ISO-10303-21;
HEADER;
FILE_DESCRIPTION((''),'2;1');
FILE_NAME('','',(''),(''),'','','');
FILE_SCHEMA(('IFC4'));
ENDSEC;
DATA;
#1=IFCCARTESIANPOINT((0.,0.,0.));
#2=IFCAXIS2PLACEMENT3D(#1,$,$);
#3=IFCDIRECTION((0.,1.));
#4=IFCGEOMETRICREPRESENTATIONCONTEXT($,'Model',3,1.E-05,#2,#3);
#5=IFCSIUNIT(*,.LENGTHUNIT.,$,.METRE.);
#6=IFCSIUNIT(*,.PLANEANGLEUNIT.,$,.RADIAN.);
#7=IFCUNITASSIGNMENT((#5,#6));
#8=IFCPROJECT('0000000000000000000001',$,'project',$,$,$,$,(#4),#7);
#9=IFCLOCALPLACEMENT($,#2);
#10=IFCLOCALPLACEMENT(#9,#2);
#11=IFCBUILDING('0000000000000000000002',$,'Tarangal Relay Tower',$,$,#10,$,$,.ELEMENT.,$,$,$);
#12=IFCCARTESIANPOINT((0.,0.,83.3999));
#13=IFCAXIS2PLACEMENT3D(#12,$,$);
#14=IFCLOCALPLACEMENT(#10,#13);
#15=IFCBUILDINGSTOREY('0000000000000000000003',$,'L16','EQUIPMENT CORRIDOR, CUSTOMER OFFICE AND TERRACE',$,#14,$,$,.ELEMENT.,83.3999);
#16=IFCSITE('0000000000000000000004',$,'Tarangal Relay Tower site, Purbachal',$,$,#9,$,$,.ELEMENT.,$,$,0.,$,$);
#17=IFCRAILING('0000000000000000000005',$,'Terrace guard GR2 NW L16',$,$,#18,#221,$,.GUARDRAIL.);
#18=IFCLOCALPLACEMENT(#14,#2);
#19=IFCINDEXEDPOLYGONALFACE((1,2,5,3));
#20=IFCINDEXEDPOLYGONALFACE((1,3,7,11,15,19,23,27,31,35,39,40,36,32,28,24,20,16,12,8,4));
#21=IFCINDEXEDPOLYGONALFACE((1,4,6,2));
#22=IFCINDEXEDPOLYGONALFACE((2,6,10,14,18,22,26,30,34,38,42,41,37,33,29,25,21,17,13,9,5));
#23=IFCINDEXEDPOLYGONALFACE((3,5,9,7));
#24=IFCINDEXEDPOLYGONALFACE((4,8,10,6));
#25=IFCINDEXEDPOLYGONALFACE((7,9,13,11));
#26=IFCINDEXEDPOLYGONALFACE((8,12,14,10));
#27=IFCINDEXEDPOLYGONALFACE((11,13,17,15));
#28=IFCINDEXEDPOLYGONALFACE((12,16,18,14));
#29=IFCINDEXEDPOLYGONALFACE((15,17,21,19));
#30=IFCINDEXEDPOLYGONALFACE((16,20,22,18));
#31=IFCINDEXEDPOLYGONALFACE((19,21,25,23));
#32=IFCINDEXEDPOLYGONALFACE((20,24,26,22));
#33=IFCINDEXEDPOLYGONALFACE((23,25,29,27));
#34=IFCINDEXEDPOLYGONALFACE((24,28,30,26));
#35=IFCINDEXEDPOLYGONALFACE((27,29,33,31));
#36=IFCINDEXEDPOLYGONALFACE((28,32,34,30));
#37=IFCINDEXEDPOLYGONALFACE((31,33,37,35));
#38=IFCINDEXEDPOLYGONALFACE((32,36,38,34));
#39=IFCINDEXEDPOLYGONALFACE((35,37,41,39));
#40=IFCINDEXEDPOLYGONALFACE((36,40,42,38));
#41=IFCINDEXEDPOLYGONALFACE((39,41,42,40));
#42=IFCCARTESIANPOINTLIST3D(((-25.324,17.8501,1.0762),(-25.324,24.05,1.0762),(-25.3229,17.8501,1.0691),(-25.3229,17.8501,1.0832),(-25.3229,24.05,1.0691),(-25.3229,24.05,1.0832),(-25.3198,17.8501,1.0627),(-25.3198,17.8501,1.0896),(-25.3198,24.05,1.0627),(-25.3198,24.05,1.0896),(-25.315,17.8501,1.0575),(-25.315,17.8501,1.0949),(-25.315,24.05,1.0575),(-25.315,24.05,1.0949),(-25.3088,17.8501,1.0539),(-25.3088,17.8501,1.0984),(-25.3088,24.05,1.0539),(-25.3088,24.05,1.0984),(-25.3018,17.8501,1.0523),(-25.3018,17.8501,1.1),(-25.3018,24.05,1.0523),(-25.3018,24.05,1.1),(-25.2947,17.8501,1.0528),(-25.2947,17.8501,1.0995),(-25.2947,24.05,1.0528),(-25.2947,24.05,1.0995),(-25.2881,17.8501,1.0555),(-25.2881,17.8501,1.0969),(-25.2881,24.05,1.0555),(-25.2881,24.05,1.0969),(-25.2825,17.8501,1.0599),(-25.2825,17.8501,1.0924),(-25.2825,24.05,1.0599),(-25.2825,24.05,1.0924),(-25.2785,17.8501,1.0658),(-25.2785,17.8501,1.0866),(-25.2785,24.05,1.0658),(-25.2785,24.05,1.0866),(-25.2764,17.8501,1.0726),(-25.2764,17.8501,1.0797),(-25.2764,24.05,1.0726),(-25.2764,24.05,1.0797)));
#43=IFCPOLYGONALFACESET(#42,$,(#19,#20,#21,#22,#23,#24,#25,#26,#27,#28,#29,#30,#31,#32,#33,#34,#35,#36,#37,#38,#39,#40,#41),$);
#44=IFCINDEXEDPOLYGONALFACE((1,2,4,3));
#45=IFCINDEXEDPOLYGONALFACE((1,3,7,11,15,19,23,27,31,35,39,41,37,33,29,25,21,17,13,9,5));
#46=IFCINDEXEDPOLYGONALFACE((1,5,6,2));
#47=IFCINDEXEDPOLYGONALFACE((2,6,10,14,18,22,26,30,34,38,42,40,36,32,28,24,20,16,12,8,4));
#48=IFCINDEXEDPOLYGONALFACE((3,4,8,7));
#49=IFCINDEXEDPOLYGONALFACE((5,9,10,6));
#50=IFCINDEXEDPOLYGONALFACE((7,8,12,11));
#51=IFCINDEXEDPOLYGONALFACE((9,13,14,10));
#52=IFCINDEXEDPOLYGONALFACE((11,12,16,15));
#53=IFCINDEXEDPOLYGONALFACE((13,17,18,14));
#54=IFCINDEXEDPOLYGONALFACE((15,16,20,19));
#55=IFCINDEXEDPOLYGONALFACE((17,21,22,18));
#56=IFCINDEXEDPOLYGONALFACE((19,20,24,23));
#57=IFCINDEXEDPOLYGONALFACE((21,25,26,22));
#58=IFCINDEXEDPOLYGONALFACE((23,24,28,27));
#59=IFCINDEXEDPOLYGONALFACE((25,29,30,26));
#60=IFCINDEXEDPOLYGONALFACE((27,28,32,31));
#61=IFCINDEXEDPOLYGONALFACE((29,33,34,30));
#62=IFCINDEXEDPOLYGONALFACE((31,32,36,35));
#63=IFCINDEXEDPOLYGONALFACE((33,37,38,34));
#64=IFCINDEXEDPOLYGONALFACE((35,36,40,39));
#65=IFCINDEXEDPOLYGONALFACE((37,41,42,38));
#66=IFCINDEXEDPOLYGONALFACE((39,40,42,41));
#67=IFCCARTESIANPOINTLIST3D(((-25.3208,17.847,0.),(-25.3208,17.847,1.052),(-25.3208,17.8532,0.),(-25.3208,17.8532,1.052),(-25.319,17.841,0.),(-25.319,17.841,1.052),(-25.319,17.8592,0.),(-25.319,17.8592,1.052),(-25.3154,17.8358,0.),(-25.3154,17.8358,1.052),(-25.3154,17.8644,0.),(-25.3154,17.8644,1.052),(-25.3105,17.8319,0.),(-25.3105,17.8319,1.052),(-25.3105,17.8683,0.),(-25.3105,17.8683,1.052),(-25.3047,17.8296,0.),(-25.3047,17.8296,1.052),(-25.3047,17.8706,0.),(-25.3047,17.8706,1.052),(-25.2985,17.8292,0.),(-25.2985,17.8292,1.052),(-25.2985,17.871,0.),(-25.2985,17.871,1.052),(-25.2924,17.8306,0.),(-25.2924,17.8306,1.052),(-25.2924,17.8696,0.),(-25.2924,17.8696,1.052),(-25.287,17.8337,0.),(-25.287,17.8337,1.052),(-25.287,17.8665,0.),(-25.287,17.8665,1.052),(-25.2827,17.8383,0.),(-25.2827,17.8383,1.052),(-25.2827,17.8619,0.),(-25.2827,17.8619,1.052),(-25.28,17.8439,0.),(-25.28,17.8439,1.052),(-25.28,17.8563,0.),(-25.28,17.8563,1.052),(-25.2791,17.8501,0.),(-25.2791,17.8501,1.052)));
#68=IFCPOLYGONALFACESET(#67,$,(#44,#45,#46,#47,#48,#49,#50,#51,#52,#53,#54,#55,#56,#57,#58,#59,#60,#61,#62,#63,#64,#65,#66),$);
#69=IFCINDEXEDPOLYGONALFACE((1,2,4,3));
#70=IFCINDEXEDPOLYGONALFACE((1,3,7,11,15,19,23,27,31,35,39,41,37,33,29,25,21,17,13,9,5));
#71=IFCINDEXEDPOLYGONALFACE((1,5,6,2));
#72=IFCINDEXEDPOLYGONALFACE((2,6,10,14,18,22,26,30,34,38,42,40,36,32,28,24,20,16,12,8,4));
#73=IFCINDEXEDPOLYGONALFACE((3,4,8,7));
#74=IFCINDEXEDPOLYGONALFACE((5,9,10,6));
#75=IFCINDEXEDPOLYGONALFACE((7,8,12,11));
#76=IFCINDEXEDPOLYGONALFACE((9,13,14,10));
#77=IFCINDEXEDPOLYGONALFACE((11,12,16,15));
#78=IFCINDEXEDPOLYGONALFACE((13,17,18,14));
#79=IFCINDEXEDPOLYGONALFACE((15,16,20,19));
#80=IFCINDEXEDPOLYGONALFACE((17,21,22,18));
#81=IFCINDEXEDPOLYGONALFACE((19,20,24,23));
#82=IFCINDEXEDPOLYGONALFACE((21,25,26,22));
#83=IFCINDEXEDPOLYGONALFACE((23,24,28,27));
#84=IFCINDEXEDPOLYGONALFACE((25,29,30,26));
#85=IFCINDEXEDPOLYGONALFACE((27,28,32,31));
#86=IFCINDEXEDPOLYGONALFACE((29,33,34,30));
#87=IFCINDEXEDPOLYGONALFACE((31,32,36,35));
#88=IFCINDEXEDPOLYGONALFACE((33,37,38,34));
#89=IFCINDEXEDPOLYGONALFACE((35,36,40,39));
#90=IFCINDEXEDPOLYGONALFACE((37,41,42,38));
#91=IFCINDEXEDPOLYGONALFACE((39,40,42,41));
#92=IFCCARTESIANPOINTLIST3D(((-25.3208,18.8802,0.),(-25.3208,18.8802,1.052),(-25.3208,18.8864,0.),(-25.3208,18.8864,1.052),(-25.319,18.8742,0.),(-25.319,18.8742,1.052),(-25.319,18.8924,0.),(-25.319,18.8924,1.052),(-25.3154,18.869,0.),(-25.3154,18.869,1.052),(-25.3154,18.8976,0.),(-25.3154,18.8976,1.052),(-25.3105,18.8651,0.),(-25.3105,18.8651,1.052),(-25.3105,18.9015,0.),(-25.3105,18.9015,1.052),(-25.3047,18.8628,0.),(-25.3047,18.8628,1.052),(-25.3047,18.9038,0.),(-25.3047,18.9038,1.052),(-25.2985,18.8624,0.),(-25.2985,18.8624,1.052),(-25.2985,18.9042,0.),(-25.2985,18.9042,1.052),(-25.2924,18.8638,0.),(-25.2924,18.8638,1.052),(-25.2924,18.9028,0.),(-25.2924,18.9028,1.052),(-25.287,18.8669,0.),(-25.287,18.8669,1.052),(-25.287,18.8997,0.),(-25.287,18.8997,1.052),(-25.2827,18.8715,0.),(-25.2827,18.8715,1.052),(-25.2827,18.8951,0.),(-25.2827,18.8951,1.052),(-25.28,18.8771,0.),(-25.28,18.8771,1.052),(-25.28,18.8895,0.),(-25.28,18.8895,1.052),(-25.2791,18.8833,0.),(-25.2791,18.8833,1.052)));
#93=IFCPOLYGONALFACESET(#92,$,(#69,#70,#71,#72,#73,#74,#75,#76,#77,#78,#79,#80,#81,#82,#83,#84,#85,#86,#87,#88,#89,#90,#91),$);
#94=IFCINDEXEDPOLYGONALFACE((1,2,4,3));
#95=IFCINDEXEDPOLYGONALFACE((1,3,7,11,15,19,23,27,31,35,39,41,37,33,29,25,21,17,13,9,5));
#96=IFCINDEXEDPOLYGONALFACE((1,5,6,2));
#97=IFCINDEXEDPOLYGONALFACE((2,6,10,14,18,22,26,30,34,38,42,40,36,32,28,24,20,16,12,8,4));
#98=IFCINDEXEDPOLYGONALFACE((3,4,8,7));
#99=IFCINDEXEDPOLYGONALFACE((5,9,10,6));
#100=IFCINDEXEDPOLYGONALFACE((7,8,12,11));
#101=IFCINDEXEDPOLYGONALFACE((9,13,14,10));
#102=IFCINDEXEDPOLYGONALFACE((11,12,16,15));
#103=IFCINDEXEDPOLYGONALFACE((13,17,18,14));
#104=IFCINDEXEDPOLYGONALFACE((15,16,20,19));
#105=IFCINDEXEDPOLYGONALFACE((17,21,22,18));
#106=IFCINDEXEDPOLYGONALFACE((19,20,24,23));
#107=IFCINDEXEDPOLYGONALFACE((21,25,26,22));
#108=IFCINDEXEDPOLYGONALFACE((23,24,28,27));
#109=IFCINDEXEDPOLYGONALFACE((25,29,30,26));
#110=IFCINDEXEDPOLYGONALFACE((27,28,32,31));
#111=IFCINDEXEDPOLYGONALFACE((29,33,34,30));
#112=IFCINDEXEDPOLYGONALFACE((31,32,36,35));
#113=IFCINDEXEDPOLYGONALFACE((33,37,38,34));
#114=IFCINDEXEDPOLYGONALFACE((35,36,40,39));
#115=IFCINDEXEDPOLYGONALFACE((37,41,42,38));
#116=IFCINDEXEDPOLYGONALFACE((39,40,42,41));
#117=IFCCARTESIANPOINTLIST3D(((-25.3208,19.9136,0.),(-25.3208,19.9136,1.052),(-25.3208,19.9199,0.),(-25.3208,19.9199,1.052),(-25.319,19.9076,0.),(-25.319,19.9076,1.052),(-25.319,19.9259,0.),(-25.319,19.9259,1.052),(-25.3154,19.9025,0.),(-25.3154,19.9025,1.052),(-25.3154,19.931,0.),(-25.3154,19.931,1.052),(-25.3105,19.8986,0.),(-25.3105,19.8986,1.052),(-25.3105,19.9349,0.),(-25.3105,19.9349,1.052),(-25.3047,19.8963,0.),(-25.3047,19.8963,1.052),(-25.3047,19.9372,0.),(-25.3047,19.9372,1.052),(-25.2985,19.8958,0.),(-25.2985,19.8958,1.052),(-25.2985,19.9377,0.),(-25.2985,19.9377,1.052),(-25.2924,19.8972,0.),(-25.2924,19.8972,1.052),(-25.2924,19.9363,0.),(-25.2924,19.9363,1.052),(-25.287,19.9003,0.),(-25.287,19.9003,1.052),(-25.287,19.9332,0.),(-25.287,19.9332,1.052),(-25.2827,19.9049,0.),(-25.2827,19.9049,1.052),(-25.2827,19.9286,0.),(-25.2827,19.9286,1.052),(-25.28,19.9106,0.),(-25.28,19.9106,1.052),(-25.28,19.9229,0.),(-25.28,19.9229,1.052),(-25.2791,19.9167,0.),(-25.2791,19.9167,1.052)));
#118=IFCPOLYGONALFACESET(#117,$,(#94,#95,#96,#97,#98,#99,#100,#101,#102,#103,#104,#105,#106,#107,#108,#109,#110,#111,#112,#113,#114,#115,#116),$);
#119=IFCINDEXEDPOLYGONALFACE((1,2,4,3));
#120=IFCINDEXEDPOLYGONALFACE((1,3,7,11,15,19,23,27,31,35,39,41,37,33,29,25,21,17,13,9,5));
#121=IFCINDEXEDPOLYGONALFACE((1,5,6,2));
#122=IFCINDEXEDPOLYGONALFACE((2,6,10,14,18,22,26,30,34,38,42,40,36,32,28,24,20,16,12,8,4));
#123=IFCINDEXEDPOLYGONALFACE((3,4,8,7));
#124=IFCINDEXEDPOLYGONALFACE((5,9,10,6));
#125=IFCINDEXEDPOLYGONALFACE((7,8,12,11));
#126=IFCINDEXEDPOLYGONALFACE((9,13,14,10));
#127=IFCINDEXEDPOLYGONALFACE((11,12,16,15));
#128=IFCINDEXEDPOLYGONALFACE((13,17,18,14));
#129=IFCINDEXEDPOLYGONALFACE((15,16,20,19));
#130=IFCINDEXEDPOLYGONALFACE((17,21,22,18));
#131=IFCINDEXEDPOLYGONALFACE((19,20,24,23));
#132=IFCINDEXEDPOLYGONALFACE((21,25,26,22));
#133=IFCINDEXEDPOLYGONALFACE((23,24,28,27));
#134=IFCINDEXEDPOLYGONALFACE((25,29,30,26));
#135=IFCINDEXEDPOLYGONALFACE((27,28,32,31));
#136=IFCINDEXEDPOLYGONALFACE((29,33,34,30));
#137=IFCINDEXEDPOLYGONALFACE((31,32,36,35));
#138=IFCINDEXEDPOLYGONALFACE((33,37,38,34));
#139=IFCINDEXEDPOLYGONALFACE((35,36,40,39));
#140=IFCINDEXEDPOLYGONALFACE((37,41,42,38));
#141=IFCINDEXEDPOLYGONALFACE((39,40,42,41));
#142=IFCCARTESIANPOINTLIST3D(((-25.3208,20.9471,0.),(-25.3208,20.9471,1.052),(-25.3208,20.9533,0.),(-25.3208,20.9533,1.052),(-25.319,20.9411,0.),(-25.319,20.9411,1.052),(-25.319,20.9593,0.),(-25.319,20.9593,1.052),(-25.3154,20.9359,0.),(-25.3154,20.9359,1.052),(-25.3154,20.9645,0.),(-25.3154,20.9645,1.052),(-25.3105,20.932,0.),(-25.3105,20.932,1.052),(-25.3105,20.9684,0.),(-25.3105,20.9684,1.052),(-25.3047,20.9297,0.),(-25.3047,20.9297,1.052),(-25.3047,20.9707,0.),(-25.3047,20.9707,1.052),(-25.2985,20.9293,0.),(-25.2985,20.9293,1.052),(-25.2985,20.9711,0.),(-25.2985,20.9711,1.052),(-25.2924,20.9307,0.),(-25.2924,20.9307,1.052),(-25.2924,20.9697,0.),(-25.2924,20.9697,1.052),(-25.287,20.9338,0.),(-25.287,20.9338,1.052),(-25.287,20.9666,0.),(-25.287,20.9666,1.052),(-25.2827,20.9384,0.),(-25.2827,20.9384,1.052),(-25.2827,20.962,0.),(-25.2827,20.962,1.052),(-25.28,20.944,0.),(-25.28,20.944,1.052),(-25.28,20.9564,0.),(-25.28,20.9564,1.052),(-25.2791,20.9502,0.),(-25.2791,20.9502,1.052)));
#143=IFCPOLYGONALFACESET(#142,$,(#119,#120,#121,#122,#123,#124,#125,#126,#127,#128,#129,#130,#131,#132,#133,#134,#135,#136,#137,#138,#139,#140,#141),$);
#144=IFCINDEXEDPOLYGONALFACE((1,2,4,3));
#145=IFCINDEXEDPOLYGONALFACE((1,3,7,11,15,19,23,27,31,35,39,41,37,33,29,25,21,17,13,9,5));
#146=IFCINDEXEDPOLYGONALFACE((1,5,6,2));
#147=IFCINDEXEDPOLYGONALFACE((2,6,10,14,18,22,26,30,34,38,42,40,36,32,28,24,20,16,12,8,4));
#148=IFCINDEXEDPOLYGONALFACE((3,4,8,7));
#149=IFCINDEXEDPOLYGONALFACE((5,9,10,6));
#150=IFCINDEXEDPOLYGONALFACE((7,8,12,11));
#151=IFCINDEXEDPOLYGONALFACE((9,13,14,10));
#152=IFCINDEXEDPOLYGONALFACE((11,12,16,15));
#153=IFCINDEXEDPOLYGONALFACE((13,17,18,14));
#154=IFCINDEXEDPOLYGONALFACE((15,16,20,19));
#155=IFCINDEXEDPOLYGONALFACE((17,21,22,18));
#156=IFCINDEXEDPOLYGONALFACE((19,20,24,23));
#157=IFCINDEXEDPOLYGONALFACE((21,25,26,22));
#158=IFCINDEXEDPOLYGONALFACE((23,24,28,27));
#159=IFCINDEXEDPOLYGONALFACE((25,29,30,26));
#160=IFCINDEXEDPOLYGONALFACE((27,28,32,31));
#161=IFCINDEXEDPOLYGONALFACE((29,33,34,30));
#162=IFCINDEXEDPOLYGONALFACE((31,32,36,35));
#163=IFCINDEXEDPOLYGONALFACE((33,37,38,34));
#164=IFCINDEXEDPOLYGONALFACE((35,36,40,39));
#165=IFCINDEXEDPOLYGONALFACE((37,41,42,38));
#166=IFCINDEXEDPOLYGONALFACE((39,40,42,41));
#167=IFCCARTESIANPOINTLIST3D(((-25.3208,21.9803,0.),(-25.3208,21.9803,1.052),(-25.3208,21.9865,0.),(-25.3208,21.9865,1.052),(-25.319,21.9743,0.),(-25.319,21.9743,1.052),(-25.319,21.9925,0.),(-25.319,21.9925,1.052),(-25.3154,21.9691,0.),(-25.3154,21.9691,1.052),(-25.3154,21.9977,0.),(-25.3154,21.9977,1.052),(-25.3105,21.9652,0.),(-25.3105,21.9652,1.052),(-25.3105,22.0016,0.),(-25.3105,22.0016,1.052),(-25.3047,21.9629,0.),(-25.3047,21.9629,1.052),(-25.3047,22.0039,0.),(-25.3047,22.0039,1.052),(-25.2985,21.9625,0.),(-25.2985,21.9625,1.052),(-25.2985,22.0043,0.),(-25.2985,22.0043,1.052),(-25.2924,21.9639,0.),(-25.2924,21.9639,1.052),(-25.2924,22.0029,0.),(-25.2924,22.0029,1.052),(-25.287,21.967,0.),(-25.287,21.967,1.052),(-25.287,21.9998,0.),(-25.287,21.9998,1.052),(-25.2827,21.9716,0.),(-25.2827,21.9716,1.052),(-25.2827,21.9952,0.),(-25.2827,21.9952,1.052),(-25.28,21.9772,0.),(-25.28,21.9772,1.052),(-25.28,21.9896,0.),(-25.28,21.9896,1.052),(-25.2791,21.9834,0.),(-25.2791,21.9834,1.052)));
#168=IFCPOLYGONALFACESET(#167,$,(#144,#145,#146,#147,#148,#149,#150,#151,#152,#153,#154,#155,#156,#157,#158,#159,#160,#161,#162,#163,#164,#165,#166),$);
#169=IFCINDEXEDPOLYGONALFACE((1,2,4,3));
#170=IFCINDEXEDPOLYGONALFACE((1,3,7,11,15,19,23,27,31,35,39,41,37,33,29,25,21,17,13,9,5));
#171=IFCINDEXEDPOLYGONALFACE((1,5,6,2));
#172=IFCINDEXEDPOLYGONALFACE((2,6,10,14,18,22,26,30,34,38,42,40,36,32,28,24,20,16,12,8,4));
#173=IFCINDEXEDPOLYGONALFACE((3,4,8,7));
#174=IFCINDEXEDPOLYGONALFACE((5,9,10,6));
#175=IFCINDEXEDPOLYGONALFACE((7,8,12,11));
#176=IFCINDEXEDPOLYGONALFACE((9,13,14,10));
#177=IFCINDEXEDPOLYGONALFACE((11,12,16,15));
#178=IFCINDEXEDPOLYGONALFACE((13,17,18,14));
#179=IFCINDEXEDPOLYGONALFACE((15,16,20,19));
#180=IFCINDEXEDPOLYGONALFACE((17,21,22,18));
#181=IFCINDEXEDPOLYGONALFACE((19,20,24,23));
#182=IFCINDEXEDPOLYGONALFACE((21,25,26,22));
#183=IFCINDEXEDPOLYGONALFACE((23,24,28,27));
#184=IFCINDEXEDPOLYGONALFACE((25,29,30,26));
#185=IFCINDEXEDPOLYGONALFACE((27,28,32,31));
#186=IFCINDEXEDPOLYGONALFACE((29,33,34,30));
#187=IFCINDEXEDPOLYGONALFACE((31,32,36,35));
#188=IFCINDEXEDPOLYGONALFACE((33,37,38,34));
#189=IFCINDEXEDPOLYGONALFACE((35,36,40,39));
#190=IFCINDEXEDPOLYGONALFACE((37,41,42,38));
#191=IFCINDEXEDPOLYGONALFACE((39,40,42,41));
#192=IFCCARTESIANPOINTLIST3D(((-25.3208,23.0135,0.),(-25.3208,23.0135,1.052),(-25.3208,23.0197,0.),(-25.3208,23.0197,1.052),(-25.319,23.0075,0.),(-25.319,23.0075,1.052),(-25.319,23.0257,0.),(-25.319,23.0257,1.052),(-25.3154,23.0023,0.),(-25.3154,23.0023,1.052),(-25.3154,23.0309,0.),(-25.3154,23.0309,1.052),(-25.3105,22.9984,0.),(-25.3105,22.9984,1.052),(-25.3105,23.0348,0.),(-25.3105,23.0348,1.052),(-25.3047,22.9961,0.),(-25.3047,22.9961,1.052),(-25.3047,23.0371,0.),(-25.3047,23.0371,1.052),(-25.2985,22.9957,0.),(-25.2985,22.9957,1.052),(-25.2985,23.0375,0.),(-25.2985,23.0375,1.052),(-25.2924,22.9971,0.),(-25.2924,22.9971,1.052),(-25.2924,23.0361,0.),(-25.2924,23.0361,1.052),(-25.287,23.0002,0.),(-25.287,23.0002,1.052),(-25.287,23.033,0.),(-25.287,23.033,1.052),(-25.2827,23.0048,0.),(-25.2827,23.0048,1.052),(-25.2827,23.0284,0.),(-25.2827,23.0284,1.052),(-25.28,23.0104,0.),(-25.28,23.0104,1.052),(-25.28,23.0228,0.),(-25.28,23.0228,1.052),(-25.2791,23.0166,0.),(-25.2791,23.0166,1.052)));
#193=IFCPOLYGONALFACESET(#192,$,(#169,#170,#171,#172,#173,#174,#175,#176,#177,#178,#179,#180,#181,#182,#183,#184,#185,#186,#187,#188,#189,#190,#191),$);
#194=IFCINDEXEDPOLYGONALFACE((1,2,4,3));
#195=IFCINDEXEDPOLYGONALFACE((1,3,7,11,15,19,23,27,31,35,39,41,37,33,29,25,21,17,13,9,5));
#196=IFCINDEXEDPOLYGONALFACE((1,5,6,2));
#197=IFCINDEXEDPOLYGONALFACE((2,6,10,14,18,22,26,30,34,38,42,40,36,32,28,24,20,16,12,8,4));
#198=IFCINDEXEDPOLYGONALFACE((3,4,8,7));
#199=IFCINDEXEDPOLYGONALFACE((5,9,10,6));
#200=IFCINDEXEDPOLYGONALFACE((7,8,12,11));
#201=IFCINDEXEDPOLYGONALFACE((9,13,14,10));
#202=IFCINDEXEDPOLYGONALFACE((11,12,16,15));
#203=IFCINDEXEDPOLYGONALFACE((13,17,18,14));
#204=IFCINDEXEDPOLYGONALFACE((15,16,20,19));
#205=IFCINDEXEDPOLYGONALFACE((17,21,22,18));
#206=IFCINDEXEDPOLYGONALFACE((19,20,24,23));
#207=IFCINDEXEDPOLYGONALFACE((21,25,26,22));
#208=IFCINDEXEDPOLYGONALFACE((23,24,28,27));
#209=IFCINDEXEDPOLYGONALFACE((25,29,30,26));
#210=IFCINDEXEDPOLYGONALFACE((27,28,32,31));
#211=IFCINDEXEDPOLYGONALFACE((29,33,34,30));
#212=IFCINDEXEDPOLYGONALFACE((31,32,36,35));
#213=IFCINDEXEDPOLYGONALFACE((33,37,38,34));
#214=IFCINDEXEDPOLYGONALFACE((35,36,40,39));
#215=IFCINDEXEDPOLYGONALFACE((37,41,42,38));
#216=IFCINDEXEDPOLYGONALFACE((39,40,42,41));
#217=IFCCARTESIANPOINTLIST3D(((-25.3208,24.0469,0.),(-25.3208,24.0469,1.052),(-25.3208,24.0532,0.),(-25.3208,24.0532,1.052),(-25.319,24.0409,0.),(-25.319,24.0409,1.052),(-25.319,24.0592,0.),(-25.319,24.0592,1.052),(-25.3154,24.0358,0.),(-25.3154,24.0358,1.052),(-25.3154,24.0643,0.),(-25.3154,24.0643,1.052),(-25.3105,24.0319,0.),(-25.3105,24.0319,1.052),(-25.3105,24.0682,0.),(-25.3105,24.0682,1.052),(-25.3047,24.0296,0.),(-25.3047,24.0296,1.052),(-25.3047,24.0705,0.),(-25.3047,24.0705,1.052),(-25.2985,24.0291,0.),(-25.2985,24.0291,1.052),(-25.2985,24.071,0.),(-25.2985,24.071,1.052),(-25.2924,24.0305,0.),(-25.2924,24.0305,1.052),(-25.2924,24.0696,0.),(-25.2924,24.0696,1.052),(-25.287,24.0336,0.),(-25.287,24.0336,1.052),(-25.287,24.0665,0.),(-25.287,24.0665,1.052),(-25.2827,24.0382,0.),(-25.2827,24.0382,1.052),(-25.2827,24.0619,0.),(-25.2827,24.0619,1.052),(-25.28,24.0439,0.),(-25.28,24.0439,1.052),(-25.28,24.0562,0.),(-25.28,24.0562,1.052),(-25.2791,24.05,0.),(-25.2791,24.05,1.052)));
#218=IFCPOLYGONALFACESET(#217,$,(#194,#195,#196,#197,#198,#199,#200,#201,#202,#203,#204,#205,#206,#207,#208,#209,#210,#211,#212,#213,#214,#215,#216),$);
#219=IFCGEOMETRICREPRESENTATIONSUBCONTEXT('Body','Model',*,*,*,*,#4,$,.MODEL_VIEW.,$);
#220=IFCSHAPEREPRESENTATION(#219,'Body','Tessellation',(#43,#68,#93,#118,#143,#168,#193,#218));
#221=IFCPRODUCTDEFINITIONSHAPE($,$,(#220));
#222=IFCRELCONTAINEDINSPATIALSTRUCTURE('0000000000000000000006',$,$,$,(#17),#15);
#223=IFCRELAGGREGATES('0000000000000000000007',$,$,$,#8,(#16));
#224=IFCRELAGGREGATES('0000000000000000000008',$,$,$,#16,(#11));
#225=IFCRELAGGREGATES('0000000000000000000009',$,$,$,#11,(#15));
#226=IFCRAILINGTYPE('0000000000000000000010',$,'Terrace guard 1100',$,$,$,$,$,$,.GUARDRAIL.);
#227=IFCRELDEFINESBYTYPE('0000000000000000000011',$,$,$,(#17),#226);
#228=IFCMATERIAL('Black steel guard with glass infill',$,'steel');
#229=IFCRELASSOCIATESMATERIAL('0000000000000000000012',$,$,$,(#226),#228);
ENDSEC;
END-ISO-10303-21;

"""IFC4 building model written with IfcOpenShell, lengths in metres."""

from ifc_helpers import new_model, si_unit, direction, frame, origin, origin_2d, place, context, subcontext, project, spatial, circle, extrude, material, type_object, element, save


model = new_model("IFC4")

# Units and contexts
model_context = context("Model", 3, precision=1e-05, world=origin(), true_north=direction((0.0, 1.0)))
body_context = subcontext(model_context, "Body", "Model", "MODEL_VIEW")
ifc_project = project(units=[si_unit("LENGTHUNIT", "METRE"), si_unit("PLANEANGLEUNIT", "RADIAN")], contexts=[model_context])

# Site, building, storey
site_placement = place(None, origin())
site = spatial("IfcSite", under=ifc_project, at=site_placement, Name="Tarangal Relay Tower site, Purbachal", CompositionType="ELEMENT", RefElevation=0.0)
building_placement = place(site_placement, origin())
building = spatial("IfcBuilding", under=site, at=building_placement, Name="Tarangal Relay Tower", CompositionType="ELEMENT")
storey_placement = place(building_placement, frame((0.0, 0.0, 83.3999)))
storey = spatial("IfcBuildingStorey", under=building, at=storey_placement, Name="L16", Description="EQUIPMENT CORRIDOR, CUSTOMER OFFICE AND TERRACE", CompositionType="ELEMENT", Elevation=83.3999)

# Railing
ifc_material_1 = material(Name="Black steel guard with glass infill", Category="steel")
railing_type = type_object("IfcRailingType", Name="Terrace guard 1100", PredefinedType="GUARDRAIL", material=ifc_material_1)
railing_1_placement = place(storey_placement, frame((-25.3, 17.8501, 0.0)))
element("IfcRailing", 1, at=railing_1_placement, inside=storey, type_object=railing_type, Name="Terrace guard GR2 NW L16", PredefinedType="GUARDRAIL", context=body_context, shape_type="SweptSolid", body=[
    extrude(circle(Radius=0.0239, at=origin_2d()), frame((0.0, 0.0, 1.0762), z_axis=(0.0, 1.0, 0.0), x_axis=(-1.0, 0.0, 0.0)), (0.0, 0.0, 1.0), 6.2),
    extrude(circle(Radius=0.021, at=origin_2d()), origin(), (0.0, 0.0, 1.0), 1.052),
    extrude(circle(Radius=0.021, at=origin_2d()), frame((0.0, 1.0332, 0.0)), (0.0, 0.0, 1.0), 1.052),
    extrude(circle(Radius=0.021, at=origin_2d()), frame((0.0, 2.0667, 0.0)), (0.0, 0.0, 1.0), 1.052),
    extrude(circle(Radius=0.021, at=origin_2d()), frame((0.0, 3.1001, 0.0)), (0.0, 0.0, 1.0), 1.052),
    extrude(circle(Radius=0.021, at=origin_2d()), frame((0.0, 4.1333, 0.0)), (0.0, 0.0, 1.0), 1.052),
    extrude(circle(Radius=0.021, at=origin_2d()), frame((0.0, 5.1665, 0.0)), (0.0, 0.0, 1.0), 1.052),
    extrude(circle(Radius=0.021, at=origin_2d()), frame((0.0, 6.2, 0.0)), (0.0, 0.0, 1.0), 1.052),
])

save(model, "model.ifc")
